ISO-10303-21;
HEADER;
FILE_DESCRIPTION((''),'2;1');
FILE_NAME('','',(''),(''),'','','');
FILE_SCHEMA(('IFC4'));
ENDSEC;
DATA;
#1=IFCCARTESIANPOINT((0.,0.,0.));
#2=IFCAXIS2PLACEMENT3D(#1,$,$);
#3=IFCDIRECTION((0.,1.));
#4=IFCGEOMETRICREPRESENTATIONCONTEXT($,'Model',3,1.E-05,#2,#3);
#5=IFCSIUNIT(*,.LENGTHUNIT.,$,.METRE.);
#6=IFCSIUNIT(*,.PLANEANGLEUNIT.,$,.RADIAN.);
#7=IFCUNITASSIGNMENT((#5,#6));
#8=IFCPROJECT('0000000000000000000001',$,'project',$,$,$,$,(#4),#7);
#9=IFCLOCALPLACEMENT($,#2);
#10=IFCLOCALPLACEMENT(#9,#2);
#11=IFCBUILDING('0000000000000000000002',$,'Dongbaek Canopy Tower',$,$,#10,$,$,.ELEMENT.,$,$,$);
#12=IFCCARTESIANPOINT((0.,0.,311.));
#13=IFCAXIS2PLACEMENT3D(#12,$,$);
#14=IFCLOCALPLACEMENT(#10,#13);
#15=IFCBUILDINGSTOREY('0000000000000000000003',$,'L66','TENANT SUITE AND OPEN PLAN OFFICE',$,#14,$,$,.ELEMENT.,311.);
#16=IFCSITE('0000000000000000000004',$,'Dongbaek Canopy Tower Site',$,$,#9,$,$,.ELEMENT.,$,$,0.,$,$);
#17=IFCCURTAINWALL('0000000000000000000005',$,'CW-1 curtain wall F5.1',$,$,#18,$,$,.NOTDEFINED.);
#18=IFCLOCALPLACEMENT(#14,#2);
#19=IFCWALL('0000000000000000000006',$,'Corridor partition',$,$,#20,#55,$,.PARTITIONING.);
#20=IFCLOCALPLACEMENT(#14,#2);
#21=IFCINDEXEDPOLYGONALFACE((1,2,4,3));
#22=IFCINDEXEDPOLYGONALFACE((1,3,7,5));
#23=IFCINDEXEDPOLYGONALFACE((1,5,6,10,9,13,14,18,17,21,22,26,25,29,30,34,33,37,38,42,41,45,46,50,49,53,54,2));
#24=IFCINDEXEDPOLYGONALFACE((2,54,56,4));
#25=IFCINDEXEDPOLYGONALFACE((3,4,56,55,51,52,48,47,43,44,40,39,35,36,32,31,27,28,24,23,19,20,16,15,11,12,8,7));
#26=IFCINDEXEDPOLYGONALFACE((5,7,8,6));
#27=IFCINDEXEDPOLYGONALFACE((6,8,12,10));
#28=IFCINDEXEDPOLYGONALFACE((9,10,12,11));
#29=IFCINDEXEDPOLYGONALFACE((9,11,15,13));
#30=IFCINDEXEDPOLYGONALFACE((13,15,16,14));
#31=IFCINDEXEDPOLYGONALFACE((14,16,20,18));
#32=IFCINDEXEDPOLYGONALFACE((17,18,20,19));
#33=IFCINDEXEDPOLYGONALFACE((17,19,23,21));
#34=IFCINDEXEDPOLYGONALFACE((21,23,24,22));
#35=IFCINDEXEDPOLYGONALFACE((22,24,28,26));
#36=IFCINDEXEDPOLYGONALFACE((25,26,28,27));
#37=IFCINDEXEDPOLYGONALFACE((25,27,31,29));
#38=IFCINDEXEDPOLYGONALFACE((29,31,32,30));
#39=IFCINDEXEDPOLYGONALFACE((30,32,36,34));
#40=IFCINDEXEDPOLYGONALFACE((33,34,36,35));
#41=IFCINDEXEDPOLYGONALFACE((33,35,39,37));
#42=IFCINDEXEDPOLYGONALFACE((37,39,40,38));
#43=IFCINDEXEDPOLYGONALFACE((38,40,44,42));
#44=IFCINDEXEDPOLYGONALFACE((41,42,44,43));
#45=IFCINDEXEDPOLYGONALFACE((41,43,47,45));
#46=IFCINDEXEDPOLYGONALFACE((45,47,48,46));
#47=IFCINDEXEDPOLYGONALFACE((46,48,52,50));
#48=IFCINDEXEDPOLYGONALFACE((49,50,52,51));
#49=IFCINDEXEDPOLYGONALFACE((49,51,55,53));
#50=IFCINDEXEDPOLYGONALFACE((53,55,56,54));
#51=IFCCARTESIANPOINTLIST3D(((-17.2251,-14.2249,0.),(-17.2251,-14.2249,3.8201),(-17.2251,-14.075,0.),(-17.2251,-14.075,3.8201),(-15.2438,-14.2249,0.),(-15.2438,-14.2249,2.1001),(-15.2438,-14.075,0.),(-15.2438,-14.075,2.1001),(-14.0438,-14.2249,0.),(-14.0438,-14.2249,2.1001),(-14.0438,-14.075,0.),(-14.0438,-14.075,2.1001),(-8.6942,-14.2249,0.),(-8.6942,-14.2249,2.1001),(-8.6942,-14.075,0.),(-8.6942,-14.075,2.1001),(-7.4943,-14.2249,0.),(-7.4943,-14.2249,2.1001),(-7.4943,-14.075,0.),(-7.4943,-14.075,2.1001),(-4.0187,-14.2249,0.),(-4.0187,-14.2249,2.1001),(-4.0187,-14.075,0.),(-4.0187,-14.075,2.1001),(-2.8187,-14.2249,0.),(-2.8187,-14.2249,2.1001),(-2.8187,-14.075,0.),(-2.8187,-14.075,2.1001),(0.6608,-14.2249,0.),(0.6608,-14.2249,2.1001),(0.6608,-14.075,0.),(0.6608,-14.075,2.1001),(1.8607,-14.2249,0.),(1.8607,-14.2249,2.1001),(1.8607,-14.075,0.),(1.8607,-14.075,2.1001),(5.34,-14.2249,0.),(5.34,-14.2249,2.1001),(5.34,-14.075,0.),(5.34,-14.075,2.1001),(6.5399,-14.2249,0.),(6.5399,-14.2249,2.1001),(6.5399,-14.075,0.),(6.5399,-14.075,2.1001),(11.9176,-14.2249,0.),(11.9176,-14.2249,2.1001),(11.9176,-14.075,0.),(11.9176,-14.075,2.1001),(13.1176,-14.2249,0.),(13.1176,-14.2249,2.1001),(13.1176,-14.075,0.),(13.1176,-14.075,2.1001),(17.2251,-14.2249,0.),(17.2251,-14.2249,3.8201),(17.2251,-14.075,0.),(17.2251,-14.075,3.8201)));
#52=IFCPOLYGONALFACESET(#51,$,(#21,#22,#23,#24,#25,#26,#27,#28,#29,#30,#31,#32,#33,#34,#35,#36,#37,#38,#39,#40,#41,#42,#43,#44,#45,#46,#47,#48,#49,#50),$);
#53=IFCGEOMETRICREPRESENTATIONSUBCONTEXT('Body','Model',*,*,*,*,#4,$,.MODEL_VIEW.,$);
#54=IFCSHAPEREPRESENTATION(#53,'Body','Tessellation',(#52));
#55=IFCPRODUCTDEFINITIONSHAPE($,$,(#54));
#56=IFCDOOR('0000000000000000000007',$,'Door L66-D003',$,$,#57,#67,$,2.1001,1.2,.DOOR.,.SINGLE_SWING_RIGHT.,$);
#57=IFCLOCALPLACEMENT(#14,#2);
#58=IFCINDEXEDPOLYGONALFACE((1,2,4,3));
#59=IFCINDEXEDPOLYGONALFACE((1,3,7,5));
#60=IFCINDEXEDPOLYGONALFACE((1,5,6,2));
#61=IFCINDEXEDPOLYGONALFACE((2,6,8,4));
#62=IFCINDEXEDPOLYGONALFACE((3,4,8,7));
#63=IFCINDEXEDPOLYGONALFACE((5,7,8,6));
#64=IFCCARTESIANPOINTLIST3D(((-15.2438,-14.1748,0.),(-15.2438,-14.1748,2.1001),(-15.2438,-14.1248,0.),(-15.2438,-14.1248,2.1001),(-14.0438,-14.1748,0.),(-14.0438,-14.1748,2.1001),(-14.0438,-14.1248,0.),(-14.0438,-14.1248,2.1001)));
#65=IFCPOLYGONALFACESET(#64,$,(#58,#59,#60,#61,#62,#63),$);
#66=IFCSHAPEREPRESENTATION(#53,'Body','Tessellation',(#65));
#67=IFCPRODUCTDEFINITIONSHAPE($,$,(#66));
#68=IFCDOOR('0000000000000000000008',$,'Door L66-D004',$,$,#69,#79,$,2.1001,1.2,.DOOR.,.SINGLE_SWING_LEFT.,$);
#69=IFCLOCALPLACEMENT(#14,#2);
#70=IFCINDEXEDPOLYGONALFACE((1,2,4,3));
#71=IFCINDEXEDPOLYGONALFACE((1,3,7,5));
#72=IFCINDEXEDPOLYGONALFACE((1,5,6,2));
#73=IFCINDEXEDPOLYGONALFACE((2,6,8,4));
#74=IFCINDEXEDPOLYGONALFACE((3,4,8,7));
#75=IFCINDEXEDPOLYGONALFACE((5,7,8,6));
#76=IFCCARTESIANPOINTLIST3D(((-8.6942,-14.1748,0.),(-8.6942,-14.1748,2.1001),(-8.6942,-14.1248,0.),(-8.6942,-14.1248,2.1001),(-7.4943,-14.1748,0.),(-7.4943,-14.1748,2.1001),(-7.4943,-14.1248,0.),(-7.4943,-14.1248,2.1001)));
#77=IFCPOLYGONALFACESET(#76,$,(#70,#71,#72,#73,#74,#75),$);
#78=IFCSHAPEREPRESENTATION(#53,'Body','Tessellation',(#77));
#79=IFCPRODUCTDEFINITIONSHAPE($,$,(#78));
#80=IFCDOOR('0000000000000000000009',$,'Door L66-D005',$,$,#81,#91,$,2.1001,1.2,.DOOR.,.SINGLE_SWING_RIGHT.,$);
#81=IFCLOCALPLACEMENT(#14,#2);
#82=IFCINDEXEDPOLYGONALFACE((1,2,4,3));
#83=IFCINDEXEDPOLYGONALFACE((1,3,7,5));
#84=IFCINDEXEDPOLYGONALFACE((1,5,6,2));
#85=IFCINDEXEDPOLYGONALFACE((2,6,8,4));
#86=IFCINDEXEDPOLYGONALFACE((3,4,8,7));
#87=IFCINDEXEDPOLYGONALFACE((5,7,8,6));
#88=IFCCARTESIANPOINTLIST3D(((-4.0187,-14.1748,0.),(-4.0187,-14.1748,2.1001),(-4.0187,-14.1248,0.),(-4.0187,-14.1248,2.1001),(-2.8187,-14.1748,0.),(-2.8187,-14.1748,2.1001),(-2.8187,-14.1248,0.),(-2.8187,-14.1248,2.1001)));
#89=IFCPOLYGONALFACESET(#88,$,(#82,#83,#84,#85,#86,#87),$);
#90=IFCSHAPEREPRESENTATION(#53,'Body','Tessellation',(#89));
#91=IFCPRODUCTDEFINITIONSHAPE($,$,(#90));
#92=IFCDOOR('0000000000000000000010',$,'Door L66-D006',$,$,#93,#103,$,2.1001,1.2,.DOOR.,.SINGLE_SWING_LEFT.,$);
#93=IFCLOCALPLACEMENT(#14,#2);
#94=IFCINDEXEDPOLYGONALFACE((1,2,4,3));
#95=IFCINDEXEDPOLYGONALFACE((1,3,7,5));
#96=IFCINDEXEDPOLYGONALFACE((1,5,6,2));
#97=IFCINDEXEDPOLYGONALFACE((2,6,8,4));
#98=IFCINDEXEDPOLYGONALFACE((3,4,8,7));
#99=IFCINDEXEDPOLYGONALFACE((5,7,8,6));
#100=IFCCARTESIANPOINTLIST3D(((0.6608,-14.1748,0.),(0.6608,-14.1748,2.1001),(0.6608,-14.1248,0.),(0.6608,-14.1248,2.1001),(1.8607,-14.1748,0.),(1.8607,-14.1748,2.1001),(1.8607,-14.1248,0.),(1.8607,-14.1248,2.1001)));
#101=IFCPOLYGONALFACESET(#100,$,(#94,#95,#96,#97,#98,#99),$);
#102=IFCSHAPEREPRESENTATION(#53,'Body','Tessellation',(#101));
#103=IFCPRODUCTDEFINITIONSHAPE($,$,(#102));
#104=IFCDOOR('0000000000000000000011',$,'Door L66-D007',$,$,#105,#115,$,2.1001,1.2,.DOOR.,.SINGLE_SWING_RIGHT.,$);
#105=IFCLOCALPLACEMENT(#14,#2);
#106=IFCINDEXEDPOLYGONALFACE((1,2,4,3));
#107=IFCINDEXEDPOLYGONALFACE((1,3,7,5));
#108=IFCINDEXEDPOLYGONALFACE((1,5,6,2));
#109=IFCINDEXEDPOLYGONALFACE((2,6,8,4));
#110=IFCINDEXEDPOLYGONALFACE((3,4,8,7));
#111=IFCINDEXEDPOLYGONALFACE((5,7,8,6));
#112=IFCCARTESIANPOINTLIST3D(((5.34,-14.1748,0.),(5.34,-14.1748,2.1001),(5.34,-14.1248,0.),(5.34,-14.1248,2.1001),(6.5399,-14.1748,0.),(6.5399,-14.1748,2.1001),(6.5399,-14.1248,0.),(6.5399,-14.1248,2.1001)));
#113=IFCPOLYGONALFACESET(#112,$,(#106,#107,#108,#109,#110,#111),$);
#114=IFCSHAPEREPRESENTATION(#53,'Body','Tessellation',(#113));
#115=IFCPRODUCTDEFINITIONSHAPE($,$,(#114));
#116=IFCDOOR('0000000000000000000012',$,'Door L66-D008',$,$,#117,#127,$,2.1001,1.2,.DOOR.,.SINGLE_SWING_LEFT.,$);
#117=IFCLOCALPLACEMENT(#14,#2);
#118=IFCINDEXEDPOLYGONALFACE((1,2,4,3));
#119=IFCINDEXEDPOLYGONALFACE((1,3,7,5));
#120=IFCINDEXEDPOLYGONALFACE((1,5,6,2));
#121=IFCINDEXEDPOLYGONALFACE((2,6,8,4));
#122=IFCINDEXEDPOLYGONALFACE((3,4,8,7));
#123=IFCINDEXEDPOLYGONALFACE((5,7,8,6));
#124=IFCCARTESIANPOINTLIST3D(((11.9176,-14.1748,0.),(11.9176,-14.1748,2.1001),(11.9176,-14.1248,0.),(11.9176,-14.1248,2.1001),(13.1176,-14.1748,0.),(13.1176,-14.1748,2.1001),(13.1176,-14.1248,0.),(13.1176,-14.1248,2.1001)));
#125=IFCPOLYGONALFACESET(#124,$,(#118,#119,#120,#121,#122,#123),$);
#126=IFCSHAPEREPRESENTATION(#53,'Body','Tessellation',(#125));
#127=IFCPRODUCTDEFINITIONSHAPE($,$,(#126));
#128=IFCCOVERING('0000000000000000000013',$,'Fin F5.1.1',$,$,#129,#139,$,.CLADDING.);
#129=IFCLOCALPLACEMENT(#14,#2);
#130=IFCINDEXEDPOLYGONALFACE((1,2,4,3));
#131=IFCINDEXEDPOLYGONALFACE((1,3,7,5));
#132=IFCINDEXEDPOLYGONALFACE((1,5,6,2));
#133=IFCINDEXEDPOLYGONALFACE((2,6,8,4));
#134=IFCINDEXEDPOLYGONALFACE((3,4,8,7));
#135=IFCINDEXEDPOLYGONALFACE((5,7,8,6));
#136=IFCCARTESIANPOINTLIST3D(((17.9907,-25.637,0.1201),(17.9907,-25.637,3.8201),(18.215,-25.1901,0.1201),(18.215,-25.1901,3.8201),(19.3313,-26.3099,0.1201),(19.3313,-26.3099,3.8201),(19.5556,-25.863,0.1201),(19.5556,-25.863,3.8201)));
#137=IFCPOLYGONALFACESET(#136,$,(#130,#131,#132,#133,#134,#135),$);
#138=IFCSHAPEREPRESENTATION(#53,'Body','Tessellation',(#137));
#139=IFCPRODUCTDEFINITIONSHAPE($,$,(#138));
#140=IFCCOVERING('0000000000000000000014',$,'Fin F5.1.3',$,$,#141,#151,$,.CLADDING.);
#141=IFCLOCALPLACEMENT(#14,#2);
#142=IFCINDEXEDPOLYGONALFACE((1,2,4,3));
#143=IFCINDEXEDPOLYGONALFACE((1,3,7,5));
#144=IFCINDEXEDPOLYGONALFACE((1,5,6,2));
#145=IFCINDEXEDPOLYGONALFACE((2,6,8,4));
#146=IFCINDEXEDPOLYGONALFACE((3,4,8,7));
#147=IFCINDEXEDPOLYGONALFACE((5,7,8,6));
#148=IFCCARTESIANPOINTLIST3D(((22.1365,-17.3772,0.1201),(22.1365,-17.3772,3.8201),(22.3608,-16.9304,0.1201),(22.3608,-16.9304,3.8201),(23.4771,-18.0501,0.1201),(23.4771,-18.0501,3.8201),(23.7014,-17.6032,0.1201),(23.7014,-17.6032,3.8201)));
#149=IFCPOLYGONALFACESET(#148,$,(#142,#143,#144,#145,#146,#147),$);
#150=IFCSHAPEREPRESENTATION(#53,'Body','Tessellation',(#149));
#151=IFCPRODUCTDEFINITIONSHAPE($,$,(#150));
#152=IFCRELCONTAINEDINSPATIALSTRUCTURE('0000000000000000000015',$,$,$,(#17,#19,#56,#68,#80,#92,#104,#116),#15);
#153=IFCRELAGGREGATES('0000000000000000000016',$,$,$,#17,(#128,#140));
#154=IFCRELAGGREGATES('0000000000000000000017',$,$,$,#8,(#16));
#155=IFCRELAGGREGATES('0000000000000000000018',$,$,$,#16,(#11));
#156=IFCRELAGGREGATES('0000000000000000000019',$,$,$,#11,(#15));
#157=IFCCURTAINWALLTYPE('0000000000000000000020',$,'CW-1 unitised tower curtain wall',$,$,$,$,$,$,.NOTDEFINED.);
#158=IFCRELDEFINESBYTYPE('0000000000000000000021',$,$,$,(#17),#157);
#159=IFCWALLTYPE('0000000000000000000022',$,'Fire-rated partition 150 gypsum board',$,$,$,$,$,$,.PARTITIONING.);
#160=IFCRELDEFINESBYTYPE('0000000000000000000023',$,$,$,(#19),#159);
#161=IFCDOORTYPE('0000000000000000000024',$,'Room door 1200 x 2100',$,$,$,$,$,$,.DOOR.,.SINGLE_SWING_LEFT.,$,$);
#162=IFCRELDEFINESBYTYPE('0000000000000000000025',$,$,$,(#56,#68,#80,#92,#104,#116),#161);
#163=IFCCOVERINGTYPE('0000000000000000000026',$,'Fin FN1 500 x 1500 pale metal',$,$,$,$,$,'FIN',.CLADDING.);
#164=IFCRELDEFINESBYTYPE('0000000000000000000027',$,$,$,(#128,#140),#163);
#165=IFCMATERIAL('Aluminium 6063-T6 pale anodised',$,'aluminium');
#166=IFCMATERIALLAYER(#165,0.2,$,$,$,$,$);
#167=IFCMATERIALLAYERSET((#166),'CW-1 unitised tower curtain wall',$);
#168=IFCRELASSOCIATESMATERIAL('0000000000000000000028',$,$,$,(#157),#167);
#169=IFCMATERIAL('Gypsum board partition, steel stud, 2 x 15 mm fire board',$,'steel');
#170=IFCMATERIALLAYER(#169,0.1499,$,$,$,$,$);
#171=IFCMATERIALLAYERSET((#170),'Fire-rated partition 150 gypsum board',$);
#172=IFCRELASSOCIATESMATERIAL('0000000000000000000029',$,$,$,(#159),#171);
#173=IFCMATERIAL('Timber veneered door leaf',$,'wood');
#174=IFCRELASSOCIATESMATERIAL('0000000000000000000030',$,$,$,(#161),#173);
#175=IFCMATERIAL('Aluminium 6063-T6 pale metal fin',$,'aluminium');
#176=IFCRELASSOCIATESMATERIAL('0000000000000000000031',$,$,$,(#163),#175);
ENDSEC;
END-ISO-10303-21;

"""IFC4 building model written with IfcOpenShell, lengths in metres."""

from ifc_helpers import new_model, si_unit, direction, frame, frame_2d, origin, origin_2d, place, context, subcontext, project, spatial, rectangle, extrude, material, layer, layer_set, material_profile, profile_set, type_object, element, fill, aggregate, save


model = new_model("IFC4")

# Units and contexts
model_context = context("Model", 3, precision=1e-05, world=origin(), true_north=direction((0.0, 1.0)))
body_context = subcontext(model_context, "Body", "Model", "MODEL_VIEW")
ifc_project = project(units=[si_unit("LENGTHUNIT", "METRE"), si_unit("PLANEANGLEUNIT", "RADIAN")], contexts=[model_context])

# Site, building, storey
site_placement = place(None, origin())
site = spatial("IfcSite", under=ifc_project, at=site_placement, Name="Dongbaek Canopy Tower Site", CompositionType="ELEMENT", RefElevation=0.0)
building_placement = place(site_placement, origin())
building = spatial("IfcBuilding", under=site, at=building_placement, Name="Dongbaek Canopy Tower", CompositionType="ELEMENT")
storey_placement = place(building_placement, frame((0.0, 0.0, 311.0)))
storey = spatial("IfcBuildingStorey", under=building, at=storey_placement, Name="L66", Description="TENANT SUITE AND OPEN PLAN OFFICE", CompositionType="ELEMENT", Elevation=311.0)

# Curtain wall
ifc_material_1 = material(Name="Aluminium 6063-T6 pale anodised", Category="aluminium")
ifc_layer_1 = layer(ifc_material_1, 0.2)
ifc_layer_set_1 = layer_set([ifc_layer_1], Name="CW-1 unitised tower curtain wall")
curtain_wall_type = type_object("IfcCurtainWallType", Name="CW-1 unitised tower curtain wall", PredefinedType="NOTDEFINED", material=ifc_layer_set_1)
curtain_wall_1_placement = place(storey_placement, origin())
curtain_wall_1 = element("IfcCurtainWall", 1, at=curtain_wall_1_placement, inside=storey, type_object=curtain_wall_type, Name="CW-1 curtain wall F5.1", PredefinedType="NOTDEFINED")

# Wall, openings, doors
ifc_material_2 = material(Name="Gypsum board partition, steel stud, 2 x 15 mm fire board", Category="steel")
ifc_layer_2 = layer(ifc_material_2, 0.1499)
ifc_layer_set_2 = layer_set([ifc_layer_2], Name="Fire-rated partition 150 gypsum board")
wall_type = type_object("IfcWallType", Name="Fire-rated partition 150 gypsum board", PredefinedType="PARTITIONING", material=ifc_layer_set_2)
wall_placement = place(storey_placement, frame((17.2251, -14.1499, 0.0), z_axis=(0.0, 0.0, 1.0), x_axis=(-1.0, 0.0, 0.0)))
wall = element("IfcWall", 2, at=wall_placement, inside=storey, type_object=wall_type, Name="Corridor partition", PredefinedType="PARTITIONING", context=body_context, shape_type="SweptSolid", body=[
    extrude(rectangle(XDim=34.4502, YDim=0.1499, at=frame_2d((17.2251, 0.0))), origin(), (0.0, 0.0, 1.0), 3.8201),
])
opening_1_placement = place(wall_placement, frame((31.2688, 0.0, 0.0)))
opening_1 = element("IfcOpeningElement", 3, at=opening_1_placement, cuts=wall, PredefinedType="OPENING", context=body_context, shape_type="SweptSolid", body=[
    extrude(rectangle(XDim=1.2, YDim=2.1001, at=frame_2d((0.6001, 1.05))), frame((0.0, 0.085, 0.0), z_axis=(0.0, -1.0, 0.0), x_axis=(1.0, 0.0, 0.0)), (0.0, 0.0, 1.0), 0.1699),
])
opening_2_placement = place(wall_placement, frame((24.7192, 0.0, 0.0)))
opening_2 = element("IfcOpeningElement", 4, at=opening_2_placement, cuts=wall, PredefinedType="OPENING", context=body_context, shape_type="SweptSolid", body=[
    extrude(rectangle(XDim=1.2, YDim=2.1001, at=frame_2d((0.6001, 1.05))), frame((0.0, 0.085, 0.0), z_axis=(0.0, -1.0, 0.0), x_axis=(1.0, 0.0, 0.0)), (0.0, 0.0, 1.0), 0.1699),
])
opening_3_placement = place(wall_placement, frame((20.0437, 0.0, 0.0)))
opening_3 = element("IfcOpeningElement", 5, at=opening_3_placement, cuts=wall, PredefinedType="OPENING", context=body_context, shape_type="SweptSolid", body=[
    extrude(rectangle(XDim=1.2, YDim=2.1001, at=frame_2d((0.6001, 1.05))), frame((0.0, 0.085, 0.0), z_axis=(0.0, -1.0, 0.0), x_axis=(1.0, 0.0, 0.0)), (0.0, 0.0, 1.0), 0.1699),
])
opening_4_placement = place(wall_placement, frame((15.3643, 0.0, 0.0)))
opening_4 = element("IfcOpeningElement", 6, at=opening_4_placement, cuts=wall, PredefinedType="OPENING", context=body_context, shape_type="SweptSolid", body=[
    extrude(rectangle(XDim=1.2, YDim=2.1001, at=frame_2d((0.6001, 1.05))), frame((0.0, 0.085, 0.0), z_axis=(0.0, -1.0, 0.0), x_axis=(1.0, 0.0, 0.0)), (0.0, 0.0, 1.0), 0.1699),
])
opening_5_placement = place(wall_placement, frame((10.6851, 0.0, 0.0)))
opening_5 = element("IfcOpeningElement", 7, at=opening_5_placement, cuts=wall, PredefinedType="OPENING", context=body_context, shape_type="SweptSolid", body=[
    extrude(rectangle(XDim=1.2, YDim=2.1001, at=frame_2d((0.6001, 1.05))), frame((0.0, 0.085, 0.0), z_axis=(0.0, -1.0, 0.0), x_axis=(1.0, 0.0, 0.0)), (0.0, 0.0, 1.0), 0.1699),
])
opening_6_placement = place(wall_placement, frame((4.1074, 0.0, 0.0)))
opening_6 = element("IfcOpeningElement", 8, at=opening_6_placement, cuts=wall, PredefinedType="OPENING", context=body_context, shape_type="SweptSolid", body=[
    extrude(rectangle(XDim=1.2, YDim=2.1001, at=frame_2d((0.6001, 1.05))), frame((0.0, 0.085, 0.0), z_axis=(0.0, -1.0, 0.0), x_axis=(1.0, 0.0, 0.0)), (0.0, 0.0, 1.0), 0.1699),
])
ifc_material_3 = material(Name="Timber veneered door leaf", Category="wood")
door_type = type_object("IfcDoorType", Name="Room door 1200 x 2100", OperationType="SINGLE_SWING_LEFT", PredefinedType="DOOR", material=ifc_material_3)
door_1_placement = place(opening_1_placement, origin())
door_1 = element("IfcDoor", 9, at=door_1_placement, inside=storey, type_object=door_type, Name="Door L66-D003", OperationType="SINGLE_SWING_RIGHT", OverallHeight=2.1001, OverallWidth=1.2, PredefinedType="DOOR", context=body_context, shape_type="SweptSolid", body=[
    extrude(rectangle(XDim=1.2, YDim=2.1001, at=frame_2d((0.6001, 1.05))), frame((0.0, 0.0249, 0.0), z_axis=(0.0, -1.0, 0.0), x_axis=(1.0, 0.0, 0.0)), (0.0, 0.0, 1.0), 0.05),
])
fill(opening_1, door_1)
door_2_placement = place(opening_2_placement, origin())
door_2 = element("IfcDoor", 10, at=door_2_placement, inside=storey, type_object=door_type, Name="Door L66-D004", OperationType="SINGLE_SWING_LEFT", OverallHeight=2.1001, OverallWidth=1.2, PredefinedType="DOOR", context=body_context, shape_type="SweptSolid", body=[
    extrude(rectangle(XDim=1.2, YDim=2.1001, at=frame_2d((0.6001, 1.05))), frame((0.0, 0.0249, 0.0), z_axis=(0.0, -1.0, 0.0), x_axis=(1.0, 0.0, 0.0)), (0.0, 0.0, 1.0), 0.05),
])
fill(opening_2, door_2)
door_3_placement = place(opening_3_placement, origin())
door_3 = element("IfcDoor", 11, at=door_3_placement, inside=storey, type_object=door_type, Name="Door L66-D005", OperationType="SINGLE_SWING_RIGHT", OverallHeight=2.1001, OverallWidth=1.2, PredefinedType="DOOR", context=body_context, shape_type="SweptSolid", body=[
    extrude(rectangle(XDim=1.2, YDim=2.1001, at=frame_2d((0.6001, 1.05))), frame((0.0, 0.0249, 0.0), z_axis=(0.0, -1.0, 0.0), x_axis=(1.0, 0.0, 0.0)), (0.0, 0.0, 1.0), 0.05),
])
fill(opening_3, door_3)
door_4_placement = place(opening_4_placement, origin())
door_4 = element("IfcDoor", 12, at=door_4_placement, inside=storey, type_object=door_type, Name="Door L66-D006", OperationType="SINGLE_SWING_LEFT", OverallHeight=2.1001, OverallWidth=1.2, PredefinedType="DOOR", context=body_context, shape_type="SweptSolid", body=[
    extrude(rectangle(XDim=1.2, YDim=2.1001, at=frame_2d((0.6001, 1.05))), frame((0.0, 0.0249, 0.0), z_axis=(0.0, -1.0, 0.0), x_axis=(1.0, 0.0, 0.0)), (0.0, 0.0, 1.0), 0.05),
])
fill(opening_4, door_4)
door_5_placement = place(opening_5_placement, origin())
door_5 = element("IfcDoor", 13, at=door_5_placement, inside=storey, type_object=door_type, Name="Door L66-D007", OperationType="SINGLE_SWING_RIGHT", OverallHeight=2.1001, OverallWidth=1.2, PredefinedType="DOOR", context=body_context, shape_type="SweptSolid", body=[
    extrude(rectangle(XDim=1.2, YDim=2.1001, at=frame_2d((0.6001, 1.05))), frame((0.0, 0.0249, 0.0), z_axis=(0.0, -1.0, 0.0), x_axis=(1.0, 0.0, 0.0)), (0.0, 0.0, 1.0), 0.05),
])
fill(opening_5, door_5)
door_6_placement = place(opening_6_placement, origin())
door_6 = element("IfcDoor", 14, at=door_6_placement, inside=storey, type_object=door_type, Name="Door L66-D008", OperationType="SINGLE_SWING_LEFT", OverallHeight=2.1001, OverallWidth=1.2, PredefinedType="DOOR", context=body_context, shape_type="SweptSolid", body=[
    extrude(rectangle(XDim=1.2, YDim=2.1001, at=frame_2d((0.6001, 1.05))), frame((0.0, 0.0249, 0.0), z_axis=(0.0, -1.0, 0.0), x_axis=(1.0, 0.0, 0.0)), (0.0, 0.0, 1.0), 0.05),
])
fill(opening_6, door_6)

# Coverings
ifc_material_4 = material(Name="Aluminium 6063-T6 pale metal fin", Category="aluminium")
ifc_material_profile_1 = material_profile(ifc_material_4, rectangle(XDim=1.5, YDim=0.5, at=origin_2d()), Name="Fin FN1 500 x 1500 pale metal")
ifc_profile_set_1 = profile_set([ifc_material_profile_1], Name="Aluminium 6063-T6 pale metal fin")
covering_type = type_object("IfcCoveringType", Name="Fin FN1 500 x 1500 pale metal", ElementType="FIN", PredefinedType="CLADDING", material=ifc_profile_set_1)
covering_1_placement = place(storey_placement, frame((18.7732, -25.75, 0.1201), z_axis=(0.0, 0.0, 1.0), x_axis=(0.893733, -0.448598, 0.0)))
covering_1 = element("IfcCovering", 15, at=covering_1_placement, type_object=covering_type, Name="Fin F5.1.1", PredefinedType="CLADDING", context=body_context, shape_type="SweptSolid", body=[
    extrude(rectangle(XDim=1.5, YDim=0.5, at=origin_2d()), origin(), (0.0, 0.0, 1.0), 3.7),
])
covering_2_placement = place(storey_placement, frame((22.9189, -17.4902, 0.1201), z_axis=(0.0, 0.0, 1.0), x_axis=(0.893733, -0.448598, 0.0)))
covering_2 = element("IfcCovering", 16, at=covering_2_placement, type_object=covering_type, Name="Fin F5.1.3", PredefinedType="CLADDING", context=body_context, shape_type="SweptSolid", body=[
    extrude(rectangle(XDim=1.5, YDim=0.5, at=origin_2d()), origin(), (0.0, 0.0, 1.0), 3.7),
])
aggregate(curtain_wall_1, [covering_1, covering_2])

save(model, "model.ifc")
